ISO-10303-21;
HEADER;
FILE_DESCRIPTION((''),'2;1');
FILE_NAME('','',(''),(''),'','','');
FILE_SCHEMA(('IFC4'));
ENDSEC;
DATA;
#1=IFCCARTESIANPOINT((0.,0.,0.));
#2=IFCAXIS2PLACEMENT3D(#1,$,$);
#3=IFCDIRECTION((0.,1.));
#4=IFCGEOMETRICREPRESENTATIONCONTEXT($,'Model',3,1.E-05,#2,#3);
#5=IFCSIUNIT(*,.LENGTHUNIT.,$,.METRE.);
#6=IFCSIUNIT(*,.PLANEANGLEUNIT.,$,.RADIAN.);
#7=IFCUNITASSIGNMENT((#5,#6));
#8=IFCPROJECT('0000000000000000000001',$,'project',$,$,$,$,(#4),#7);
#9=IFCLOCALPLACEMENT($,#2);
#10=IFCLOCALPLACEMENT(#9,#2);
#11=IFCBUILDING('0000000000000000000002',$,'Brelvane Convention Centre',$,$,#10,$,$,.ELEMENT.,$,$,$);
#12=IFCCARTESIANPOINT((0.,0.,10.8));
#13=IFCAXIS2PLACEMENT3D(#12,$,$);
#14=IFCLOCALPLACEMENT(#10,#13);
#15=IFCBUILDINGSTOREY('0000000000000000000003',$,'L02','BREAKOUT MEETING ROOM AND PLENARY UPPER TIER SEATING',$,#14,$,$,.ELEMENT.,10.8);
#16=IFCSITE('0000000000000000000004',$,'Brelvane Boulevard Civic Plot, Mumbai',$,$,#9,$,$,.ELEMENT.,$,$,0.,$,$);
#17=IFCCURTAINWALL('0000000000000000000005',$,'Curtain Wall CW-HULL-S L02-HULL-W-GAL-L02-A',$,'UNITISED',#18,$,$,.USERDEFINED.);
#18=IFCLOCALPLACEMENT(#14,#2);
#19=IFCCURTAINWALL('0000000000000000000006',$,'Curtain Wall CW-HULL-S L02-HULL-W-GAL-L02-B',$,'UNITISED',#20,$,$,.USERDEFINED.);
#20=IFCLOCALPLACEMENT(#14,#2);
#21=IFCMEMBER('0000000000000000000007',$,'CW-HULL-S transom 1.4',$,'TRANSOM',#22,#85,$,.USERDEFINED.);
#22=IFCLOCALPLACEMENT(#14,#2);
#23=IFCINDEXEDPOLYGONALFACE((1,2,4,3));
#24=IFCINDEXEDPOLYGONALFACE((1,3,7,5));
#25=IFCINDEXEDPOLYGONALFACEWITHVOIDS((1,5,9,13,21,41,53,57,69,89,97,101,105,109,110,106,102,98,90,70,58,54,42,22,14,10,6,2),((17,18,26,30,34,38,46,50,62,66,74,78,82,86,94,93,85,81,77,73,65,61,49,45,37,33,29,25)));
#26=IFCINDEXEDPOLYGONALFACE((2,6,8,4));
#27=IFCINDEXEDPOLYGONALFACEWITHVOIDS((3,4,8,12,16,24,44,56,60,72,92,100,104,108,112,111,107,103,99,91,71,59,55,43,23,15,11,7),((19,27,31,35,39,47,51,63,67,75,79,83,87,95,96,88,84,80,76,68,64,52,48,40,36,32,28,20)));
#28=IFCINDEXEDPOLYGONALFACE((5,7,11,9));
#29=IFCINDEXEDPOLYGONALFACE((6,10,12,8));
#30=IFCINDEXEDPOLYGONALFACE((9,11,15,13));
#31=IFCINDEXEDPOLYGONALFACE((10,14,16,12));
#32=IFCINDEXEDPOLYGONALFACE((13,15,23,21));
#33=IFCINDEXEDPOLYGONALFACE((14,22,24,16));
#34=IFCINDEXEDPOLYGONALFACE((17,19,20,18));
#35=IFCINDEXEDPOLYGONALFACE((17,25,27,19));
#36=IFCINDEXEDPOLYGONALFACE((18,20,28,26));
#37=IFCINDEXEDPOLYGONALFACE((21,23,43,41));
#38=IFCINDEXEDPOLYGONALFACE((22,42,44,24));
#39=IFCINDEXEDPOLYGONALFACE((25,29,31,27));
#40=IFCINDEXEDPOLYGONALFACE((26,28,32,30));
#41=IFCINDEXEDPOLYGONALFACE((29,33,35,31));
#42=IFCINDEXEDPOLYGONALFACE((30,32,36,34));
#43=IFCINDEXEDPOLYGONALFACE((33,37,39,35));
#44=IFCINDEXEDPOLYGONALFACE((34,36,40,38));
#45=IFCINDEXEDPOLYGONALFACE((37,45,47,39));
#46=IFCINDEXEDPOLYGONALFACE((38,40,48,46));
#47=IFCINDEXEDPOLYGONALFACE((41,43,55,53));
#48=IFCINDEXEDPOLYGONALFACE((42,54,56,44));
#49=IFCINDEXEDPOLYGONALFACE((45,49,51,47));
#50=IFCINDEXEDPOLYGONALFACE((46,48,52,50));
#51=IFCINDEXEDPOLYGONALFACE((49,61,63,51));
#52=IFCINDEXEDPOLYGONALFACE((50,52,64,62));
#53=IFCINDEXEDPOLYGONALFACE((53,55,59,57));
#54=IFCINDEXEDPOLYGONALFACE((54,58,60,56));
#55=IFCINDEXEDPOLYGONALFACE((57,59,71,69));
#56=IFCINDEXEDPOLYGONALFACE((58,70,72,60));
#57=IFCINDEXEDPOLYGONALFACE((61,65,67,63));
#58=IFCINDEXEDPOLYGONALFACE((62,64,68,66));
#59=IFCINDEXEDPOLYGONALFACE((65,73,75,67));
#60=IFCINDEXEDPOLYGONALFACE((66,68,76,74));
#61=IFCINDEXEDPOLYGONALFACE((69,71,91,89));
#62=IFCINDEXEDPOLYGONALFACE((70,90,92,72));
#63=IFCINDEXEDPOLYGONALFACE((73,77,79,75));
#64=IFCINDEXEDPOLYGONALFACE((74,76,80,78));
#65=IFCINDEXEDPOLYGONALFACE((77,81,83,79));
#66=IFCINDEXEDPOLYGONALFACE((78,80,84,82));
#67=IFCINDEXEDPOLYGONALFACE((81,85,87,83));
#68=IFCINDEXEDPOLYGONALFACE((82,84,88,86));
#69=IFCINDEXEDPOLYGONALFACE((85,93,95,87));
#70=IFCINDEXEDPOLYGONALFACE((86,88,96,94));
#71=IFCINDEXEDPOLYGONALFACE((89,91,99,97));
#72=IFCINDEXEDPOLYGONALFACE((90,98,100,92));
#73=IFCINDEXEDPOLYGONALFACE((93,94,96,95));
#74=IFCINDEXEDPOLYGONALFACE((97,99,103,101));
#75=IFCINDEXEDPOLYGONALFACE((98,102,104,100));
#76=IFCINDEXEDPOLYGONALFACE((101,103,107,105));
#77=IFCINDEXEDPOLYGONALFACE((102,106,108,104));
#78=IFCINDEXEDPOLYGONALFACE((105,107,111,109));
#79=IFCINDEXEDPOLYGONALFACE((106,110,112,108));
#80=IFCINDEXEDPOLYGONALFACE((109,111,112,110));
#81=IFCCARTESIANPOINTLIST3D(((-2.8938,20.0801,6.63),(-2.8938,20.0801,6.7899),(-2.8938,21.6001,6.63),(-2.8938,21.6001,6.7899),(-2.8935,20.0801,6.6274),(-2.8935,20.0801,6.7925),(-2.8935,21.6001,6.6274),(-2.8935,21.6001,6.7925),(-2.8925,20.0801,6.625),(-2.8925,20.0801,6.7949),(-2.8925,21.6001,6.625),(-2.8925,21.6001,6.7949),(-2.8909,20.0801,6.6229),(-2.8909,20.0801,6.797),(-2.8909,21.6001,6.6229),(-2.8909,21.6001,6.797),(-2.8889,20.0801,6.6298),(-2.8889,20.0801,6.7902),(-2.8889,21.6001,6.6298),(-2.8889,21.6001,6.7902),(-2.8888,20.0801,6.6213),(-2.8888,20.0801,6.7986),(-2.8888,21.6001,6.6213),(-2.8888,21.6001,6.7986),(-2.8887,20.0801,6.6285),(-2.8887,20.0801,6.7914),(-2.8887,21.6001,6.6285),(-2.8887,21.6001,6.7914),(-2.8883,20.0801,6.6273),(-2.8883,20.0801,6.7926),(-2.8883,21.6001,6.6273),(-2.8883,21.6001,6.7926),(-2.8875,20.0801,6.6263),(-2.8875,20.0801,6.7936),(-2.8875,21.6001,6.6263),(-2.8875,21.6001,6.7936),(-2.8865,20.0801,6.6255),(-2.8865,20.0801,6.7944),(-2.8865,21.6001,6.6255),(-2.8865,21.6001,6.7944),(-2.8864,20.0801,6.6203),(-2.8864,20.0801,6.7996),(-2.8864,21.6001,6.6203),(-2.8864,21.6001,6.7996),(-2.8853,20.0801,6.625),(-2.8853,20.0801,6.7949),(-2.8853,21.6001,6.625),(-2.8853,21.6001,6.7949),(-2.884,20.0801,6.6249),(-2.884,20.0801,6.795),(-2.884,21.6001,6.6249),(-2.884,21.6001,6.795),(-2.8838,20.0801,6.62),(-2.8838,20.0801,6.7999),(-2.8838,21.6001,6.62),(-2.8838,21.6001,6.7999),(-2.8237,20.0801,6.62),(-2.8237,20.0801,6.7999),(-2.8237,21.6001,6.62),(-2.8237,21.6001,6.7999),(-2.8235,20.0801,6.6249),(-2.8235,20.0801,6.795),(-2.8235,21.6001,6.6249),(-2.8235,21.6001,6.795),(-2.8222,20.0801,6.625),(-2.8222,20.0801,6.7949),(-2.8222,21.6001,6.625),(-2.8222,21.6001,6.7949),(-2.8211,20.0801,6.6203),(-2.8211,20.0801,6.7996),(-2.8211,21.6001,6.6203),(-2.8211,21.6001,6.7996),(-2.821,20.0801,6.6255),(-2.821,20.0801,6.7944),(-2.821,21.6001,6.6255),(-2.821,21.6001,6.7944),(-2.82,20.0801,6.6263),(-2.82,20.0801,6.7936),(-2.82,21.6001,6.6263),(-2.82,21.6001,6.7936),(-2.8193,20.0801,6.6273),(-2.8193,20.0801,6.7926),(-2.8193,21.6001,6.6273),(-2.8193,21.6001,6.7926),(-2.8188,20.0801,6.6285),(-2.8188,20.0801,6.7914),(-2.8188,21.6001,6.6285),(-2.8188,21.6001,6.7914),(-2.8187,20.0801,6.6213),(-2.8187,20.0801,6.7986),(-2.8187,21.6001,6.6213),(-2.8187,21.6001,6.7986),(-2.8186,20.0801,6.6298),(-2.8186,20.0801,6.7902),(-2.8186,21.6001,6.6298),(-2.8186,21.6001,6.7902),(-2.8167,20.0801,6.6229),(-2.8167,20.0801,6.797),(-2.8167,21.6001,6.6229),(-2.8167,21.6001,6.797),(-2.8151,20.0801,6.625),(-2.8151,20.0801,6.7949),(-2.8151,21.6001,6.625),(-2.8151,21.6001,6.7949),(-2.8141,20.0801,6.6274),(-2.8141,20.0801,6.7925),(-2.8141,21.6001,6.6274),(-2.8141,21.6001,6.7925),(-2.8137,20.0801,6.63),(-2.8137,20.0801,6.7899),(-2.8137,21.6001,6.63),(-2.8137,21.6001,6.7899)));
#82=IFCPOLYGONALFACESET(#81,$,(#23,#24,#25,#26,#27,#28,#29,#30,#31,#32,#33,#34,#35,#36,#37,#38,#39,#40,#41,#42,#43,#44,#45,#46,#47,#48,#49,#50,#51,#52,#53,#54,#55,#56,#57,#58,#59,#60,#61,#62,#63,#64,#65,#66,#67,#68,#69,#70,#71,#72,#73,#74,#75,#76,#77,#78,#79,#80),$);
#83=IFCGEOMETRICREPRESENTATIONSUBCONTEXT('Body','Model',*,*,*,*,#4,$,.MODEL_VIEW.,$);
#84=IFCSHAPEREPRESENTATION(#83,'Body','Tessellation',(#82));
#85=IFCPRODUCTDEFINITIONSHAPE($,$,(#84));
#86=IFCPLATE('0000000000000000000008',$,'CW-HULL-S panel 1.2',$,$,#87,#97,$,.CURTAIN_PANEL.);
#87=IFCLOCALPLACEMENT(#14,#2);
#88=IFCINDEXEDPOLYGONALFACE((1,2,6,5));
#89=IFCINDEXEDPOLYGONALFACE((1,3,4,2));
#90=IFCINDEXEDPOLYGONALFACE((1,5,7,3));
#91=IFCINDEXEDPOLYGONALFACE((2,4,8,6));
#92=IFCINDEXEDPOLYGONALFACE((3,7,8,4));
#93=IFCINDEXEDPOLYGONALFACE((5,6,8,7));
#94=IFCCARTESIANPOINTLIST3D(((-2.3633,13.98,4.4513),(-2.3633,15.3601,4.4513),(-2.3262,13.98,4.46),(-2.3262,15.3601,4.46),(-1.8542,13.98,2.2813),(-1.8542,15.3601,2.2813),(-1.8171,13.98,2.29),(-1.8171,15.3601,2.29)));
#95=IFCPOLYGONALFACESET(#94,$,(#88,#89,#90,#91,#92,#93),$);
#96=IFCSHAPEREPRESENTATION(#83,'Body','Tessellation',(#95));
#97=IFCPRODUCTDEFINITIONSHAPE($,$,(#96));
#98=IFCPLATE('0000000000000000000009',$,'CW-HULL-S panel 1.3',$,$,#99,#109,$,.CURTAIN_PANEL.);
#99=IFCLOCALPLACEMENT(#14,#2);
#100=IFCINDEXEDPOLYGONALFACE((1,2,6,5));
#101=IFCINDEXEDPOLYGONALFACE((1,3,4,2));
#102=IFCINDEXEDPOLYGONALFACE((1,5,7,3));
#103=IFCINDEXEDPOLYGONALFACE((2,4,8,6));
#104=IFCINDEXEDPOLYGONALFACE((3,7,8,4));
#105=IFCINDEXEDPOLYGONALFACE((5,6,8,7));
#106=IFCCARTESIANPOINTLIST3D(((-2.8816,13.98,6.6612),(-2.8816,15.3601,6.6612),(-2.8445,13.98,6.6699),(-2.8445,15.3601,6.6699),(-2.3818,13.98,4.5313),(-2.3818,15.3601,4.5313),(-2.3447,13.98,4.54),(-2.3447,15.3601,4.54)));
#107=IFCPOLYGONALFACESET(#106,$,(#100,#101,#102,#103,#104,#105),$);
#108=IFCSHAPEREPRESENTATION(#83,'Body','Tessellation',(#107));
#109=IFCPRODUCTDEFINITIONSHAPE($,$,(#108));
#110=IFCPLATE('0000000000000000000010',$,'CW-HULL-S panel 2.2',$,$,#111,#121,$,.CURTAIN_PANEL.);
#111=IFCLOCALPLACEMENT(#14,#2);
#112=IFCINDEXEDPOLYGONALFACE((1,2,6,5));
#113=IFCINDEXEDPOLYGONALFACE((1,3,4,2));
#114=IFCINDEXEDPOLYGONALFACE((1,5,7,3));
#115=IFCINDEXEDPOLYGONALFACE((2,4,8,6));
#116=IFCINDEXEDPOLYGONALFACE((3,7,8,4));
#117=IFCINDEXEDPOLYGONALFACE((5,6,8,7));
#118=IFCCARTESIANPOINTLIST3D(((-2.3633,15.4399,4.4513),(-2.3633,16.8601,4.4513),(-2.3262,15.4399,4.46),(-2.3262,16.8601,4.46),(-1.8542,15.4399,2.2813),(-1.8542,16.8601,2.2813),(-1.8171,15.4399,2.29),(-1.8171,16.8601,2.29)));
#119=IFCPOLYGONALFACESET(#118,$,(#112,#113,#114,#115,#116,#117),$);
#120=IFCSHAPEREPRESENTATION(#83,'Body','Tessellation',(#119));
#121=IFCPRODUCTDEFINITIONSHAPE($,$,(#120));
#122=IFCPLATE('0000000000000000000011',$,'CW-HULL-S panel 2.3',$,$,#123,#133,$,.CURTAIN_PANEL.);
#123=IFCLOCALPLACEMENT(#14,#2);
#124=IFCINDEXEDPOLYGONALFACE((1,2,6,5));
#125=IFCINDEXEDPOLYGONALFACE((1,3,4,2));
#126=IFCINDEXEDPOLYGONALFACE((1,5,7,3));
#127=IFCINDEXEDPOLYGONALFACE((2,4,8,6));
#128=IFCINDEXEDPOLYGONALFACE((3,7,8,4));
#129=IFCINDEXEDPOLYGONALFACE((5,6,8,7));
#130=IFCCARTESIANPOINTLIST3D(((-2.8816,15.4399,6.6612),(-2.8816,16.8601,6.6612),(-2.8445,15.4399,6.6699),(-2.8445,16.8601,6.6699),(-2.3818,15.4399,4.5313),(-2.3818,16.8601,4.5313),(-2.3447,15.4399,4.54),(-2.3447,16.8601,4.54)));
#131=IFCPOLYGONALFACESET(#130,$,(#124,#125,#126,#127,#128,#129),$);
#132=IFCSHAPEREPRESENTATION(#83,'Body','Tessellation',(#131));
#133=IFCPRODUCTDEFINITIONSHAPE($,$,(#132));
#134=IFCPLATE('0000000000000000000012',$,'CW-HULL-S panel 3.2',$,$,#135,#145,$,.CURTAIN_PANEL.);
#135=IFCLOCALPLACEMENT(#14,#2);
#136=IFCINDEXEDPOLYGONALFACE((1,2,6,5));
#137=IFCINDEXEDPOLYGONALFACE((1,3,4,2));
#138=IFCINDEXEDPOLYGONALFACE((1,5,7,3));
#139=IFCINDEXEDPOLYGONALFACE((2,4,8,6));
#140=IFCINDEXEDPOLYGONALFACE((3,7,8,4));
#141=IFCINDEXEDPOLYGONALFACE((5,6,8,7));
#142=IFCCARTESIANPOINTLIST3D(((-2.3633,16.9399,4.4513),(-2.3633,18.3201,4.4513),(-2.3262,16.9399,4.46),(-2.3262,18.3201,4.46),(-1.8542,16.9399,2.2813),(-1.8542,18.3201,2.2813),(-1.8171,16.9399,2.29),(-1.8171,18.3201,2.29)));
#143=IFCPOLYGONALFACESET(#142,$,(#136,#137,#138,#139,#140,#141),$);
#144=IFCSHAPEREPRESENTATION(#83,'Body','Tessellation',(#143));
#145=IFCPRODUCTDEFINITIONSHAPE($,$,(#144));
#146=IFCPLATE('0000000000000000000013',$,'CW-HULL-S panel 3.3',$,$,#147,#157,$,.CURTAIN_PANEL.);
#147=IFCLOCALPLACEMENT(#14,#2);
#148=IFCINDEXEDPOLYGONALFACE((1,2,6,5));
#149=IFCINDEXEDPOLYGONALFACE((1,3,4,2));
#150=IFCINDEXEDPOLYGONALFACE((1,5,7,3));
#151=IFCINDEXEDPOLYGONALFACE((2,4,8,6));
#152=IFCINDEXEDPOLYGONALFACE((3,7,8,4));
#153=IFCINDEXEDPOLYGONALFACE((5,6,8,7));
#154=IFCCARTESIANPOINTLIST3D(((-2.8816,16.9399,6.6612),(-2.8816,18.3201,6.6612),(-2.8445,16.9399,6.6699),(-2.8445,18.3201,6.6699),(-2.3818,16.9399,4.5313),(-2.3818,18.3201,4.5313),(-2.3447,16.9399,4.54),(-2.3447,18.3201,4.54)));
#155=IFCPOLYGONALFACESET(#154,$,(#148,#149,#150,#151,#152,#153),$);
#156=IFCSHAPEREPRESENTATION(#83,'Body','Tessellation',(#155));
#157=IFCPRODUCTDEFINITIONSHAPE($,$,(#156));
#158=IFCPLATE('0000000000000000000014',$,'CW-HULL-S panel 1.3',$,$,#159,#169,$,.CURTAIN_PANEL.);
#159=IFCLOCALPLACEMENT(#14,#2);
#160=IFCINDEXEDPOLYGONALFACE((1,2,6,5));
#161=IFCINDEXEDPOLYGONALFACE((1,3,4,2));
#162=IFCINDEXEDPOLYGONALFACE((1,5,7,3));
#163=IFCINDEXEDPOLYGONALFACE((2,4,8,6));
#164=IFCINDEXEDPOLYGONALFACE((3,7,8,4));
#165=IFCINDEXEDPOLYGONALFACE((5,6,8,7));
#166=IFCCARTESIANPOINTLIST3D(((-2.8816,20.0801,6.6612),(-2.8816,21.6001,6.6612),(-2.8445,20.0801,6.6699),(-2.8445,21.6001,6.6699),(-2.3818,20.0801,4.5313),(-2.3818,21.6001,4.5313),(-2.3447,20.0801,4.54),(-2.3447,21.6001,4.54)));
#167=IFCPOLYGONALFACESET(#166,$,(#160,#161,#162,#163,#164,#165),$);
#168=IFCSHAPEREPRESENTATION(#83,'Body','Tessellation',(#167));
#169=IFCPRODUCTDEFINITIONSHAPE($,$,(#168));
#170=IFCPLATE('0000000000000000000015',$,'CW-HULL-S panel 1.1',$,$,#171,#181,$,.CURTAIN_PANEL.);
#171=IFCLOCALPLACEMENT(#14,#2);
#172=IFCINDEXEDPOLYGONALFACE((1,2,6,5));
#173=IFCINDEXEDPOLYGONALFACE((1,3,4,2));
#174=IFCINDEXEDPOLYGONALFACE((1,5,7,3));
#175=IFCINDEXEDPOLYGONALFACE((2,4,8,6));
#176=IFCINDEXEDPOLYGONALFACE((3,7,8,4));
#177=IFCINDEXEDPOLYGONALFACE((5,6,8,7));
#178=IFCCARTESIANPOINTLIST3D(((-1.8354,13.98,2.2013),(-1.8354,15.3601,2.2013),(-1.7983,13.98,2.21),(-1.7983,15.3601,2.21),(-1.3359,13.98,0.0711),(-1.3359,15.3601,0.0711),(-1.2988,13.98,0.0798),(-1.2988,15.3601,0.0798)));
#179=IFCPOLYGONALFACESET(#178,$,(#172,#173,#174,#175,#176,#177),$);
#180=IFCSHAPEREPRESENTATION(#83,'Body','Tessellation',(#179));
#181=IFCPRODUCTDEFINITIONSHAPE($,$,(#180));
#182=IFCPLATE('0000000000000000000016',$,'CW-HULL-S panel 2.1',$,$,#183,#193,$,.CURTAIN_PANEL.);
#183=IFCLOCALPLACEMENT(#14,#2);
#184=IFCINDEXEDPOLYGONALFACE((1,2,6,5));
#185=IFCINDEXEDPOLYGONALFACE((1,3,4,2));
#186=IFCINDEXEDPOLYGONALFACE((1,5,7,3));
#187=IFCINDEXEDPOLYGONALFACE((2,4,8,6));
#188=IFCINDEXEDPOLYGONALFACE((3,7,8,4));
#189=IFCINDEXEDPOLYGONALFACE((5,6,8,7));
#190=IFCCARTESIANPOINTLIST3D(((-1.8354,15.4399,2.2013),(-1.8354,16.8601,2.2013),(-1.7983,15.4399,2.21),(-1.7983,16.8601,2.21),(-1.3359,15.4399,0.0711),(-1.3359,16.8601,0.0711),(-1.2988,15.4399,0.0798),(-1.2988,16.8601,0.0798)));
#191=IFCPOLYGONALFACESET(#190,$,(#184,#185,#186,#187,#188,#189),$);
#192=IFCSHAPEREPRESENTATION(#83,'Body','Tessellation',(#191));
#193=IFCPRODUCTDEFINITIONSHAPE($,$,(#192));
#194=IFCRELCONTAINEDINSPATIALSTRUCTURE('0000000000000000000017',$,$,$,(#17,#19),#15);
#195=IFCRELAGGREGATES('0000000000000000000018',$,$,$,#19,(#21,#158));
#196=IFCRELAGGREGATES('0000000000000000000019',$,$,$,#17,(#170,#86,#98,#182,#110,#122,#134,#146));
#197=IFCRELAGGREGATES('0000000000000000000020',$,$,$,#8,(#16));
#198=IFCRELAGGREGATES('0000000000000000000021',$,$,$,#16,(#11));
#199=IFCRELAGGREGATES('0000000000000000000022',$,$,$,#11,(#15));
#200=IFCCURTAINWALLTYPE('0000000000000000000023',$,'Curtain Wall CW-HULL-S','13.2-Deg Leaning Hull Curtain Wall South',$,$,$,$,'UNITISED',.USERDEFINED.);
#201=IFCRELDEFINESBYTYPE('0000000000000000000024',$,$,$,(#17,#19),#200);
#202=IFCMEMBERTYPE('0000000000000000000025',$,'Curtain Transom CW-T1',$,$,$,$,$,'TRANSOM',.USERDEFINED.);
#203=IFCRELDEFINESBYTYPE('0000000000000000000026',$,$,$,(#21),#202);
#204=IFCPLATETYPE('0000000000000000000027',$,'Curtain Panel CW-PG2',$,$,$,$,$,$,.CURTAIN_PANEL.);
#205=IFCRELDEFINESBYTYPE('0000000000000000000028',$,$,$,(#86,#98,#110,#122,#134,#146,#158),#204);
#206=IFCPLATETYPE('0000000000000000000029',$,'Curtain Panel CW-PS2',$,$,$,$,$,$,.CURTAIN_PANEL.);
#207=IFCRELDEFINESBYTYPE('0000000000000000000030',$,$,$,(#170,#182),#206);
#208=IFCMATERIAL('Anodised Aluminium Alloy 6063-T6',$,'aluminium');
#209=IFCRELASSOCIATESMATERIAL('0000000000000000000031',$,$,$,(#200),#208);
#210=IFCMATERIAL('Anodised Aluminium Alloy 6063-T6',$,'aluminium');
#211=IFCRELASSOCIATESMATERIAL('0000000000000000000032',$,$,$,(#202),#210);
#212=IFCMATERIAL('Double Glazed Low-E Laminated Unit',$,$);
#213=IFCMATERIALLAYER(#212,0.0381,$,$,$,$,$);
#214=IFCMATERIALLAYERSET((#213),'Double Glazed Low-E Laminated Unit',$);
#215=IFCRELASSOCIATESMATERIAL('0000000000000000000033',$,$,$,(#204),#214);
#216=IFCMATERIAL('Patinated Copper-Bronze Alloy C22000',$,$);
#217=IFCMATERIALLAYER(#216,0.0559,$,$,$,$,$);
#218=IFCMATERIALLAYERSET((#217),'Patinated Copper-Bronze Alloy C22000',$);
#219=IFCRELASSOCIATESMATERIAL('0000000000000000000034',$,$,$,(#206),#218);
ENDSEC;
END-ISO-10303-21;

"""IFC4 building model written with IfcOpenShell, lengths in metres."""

from ifc_helpers import new_model, si_unit, direction, frame, origin, origin_2d, place, context, subcontext, project, spatial, polyline, hollow_rectangle, outline, extrude, material, layer, layer_set, material_profile, profile_set, type_object, element, aggregate, save


model = new_model("IFC4")

# Units and contexts
model_context = context("Model", 3, precision=1e-05, world=origin(), true_north=direction((0.0, 1.0)))
body_context = subcontext(model_context, "Body", "Model", "MODEL_VIEW")
ifc_project = project(units=[si_unit("LENGTHUNIT", "METRE"), si_unit("PLANEANGLEUNIT", "RADIAN")], contexts=[model_context])

# Site, building, storey
site_placement = place(None, origin())
site = spatial("IfcSite", under=ifc_project, at=site_placement, Name="Brelvane Boulevard Civic Plot, Mumbai", CompositionType="ELEMENT", RefElevation=0.0)
building_placement = place(site_placement, origin())
building = spatial("IfcBuilding", under=site, at=building_placement, Name="Brelvane Convention Centre", CompositionType="ELEMENT")
storey_placement = place(building_placement, frame((0.0, 0.0, 10.8)))
storey = spatial("IfcBuildingStorey", under=building, at=storey_placement, Name="L02", Description="BREAKOUT MEETING ROOM AND PLENARY UPPER TIER SEATING", CompositionType="ELEMENT", Elevation=10.8)

# Curtain wall
ifc_material_1 = material(Name="Anodised Aluminium Alloy 6063-T6", Category="aluminium")
curtain_wall_type = type_object("IfcCurtainWallType", Name="Curtain Wall CW-HULL-S", Description="13.2-Deg Leaning Hull Curtain Wall South", ElementType="UNITISED", PredefinedType="USERDEFINED", material=ifc_material_1)
curtain_wall_1_placement = place(storey_placement, origin())
curtain_wall_1 = element("IfcCurtainWall", 1, at=curtain_wall_1_placement, inside=storey, type_object=curtain_wall_type, Name="Curtain Wall CW-HULL-S L02-HULL-W-GAL-L02-A", ObjectType="UNITISED", PredefinedType="USERDEFINED")
ifc_material_2 = material(Name="Anodised Aluminium Alloy 6063-T6", Category="aluminium")
ifc_material_profile_1 = material_profile(ifc_material_2, hollow_rectangle(XDim=0.0801, YDim=0.1799, WallThickness=0.0049, InnerFilletRadius=0.0049, OuterFilletRadius=0.01, at=origin_2d()), Name="ALU-T 180x80x5.0")
ifc_profile_set_1 = profile_set([ifc_material_profile_1], Name="Anodised Aluminium Alloy 6063-T6")
member_type_1 = type_object("IfcMemberType", Name="Curtain Transom CW-T1", ElementType="TRANSOM", PredefinedType="USERDEFINED", material=ifc_profile_set_1)

# Curtain wall, member
curtain_wall_2_placement = place(storey_placement, origin())
curtain_wall_2 = element("IfcCurtainWall", 2, at=curtain_wall_2_placement, inside=storey, type_object=curtain_wall_type, Name="Curtain Wall CW-HULL-S L02-HULL-W-GAL-L02-B", ObjectType="UNITISED", PredefinedType="USERDEFINED")
member_1_placement = place(storey_placement, frame((-2.8538, 20.0801, 6.71), z_axis=(0.0, 1.0, 0.0), x_axis=(-1.0, 0.0, 0.0)))
member_1 = element("IfcMember", 3, at=member_1_placement, type_object=member_type_1, Name="CW-HULL-S transom 1.4", ObjectType="TRANSOM", PredefinedType="USERDEFINED", context=body_context, shape_type="SweptSolid", body=[
    extrude(hollow_rectangle(XDim=0.0801, YDim=0.1799, WallThickness=0.0049, InnerFilletRadius=0.0049, OuterFilletRadius=0.01, at=origin_2d()), origin(), (0.0, 0.0, 1.0), 1.52),
])

# Plates
ifc_material_3 = material(Name="Double Glazed Low-E Laminated Unit")
ifc_layer_1 = layer(ifc_material_3, 0.0381)
ifc_layer_set_1 = layer_set([ifc_layer_1], Name="Double Glazed Low-E Laminated Unit")
plate_type_1 = type_object("IfcPlateType", Name="Curtain Panel CW-PG2", PredefinedType="CURTAIN_PANEL", material=ifc_layer_set_1)
plate_1_placement = place(storey_placement, frame((-1.8171, 13.98, 2.29), z_axis=(0.973571, 0.0, 0.228386), x_axis=(0.0, 1.0, 0.0)))
plate_1 = element("IfcPlate", 4, at=plate_1_placement, type_object=plate_type_1, Name="CW-HULL-S panel 1.2", PredefinedType="CURTAIN_PANEL", context=body_context, shape_type="SweptSolid", body=[
    extrude(outline(polyline([(0.0, 0.0), (1.3801, 0.0), (1.3801, 2.2288), (0.0, 2.2288), (0.0, 0.0)])), origin(), (0.0, 0.0, -1.0), 0.0381),
])
plate_2_placement = place(storey_placement, frame((-2.3447, 13.98, 4.54), z_axis=(0.973559, 0.0, 0.228436), x_axis=(0.0, 1.0, 0.0)))
plate_2 = element("IfcPlate", 5, at=plate_2_placement, type_object=plate_type_1, Name="CW-HULL-S panel 1.3", PredefinedType="CURTAIN_PANEL", context=body_context, shape_type="SweptSolid", body=[
    extrude(outline(polyline([(0.0, 0.0), (1.3801, 0.0), (1.3801, 2.1877), (0.0, 2.1877), (0.0, 0.0)])), origin(), (0.0, 0.0, -1.0), 0.0381),
])
plate_3_placement = place(storey_placement, frame((-1.8171, 15.4399, 2.29), z_axis=(0.973571, 0.0, 0.228386), x_axis=(0.0, 1.0, 0.0)))
plate_3 = element("IfcPlate", 6, at=plate_3_placement, type_object=plate_type_1, Name="CW-HULL-S panel 2.2", PredefinedType="CURTAIN_PANEL", context=body_context, shape_type="SweptSolid", body=[
    extrude(outline(polyline([(0.0, 0.0), (1.4202, 0.0), (1.4202, 2.2288), (0.0, 2.2288), (0.0, 0.0)])), origin(), (0.0, 0.0, -1.0), 0.0381),
])
plate_4_placement = place(storey_placement, frame((-2.3447, 15.4399, 4.54), z_axis=(0.973559, 0.0, 0.228436), x_axis=(0.0, 1.0, 0.0)))
plate_4 = element("IfcPlate", 7, at=plate_4_placement, type_object=plate_type_1, Name="CW-HULL-S panel 2.3", PredefinedType="CURTAIN_PANEL", context=body_context, shape_type="SweptSolid", body=[
    extrude(outline(polyline([(0.0, 0.0), (1.4202, 0.0), (1.4202, 2.1877), (0.0, 2.1877), (0.0, 0.0)])), origin(), (0.0, 0.0, -1.0), 0.0381),
])
plate_5_placement = place(storey_placement, frame((-1.8171, 16.9399, 2.29), z_axis=(0.973571, 0.0, 0.228386), x_axis=(0.0, 1.0, 0.0)))
plate_5 = element("IfcPlate", 8, at=plate_5_placement, type_object=plate_type_1, Name="CW-HULL-S panel 3.2", PredefinedType="CURTAIN_PANEL", context=body_context, shape_type="SweptSolid", body=[
    extrude(outline(polyline([(0.0, 0.0), (1.3801, 0.0), (1.3801, 2.2288), (0.0, 2.2288), (0.0, 0.0)])), origin(), (0.0, 0.0, -1.0), 0.0381),
])
plate_6_placement = place(storey_placement, frame((-2.3447, 16.9399, 4.54), z_axis=(0.973559, 0.0, 0.228436), x_axis=(0.0, 1.0, 0.0)))
plate_6 = element("IfcPlate", 9, at=plate_6_placement, type_object=plate_type_1, Name="CW-HULL-S panel 3.3", PredefinedType="CURTAIN_PANEL", context=body_context, shape_type="SweptSolid", body=[
    extrude(outline(polyline([(0.0, 0.0), (1.3801, 0.0), (1.3801, 2.1877), (0.0, 2.1877), (0.0, 0.0)])), origin(), (0.0, 0.0, -1.0), 0.0381),
])
plate_7_placement = place(storey_placement, frame((-2.3447, 20.0801, 4.54), z_axis=(0.973559, 0.0, 0.228436), x_axis=(0.0, 1.0, 0.0)))
plate_7 = element("IfcPlate", 10, at=plate_7_placement, type_object=plate_type_1, Name="CW-HULL-S panel 1.3", PredefinedType="CURTAIN_PANEL", context=body_context, shape_type="SweptSolid", body=[
    extrude(outline(polyline([(0.0, 0.0), (1.52, 0.0), (1.52, 2.1877), (0.0, 2.1877), (0.0, 0.0)])), origin(), (0.0, 0.0, -1.0), 0.0381),
])
aggregate(curtain_wall_2, [member_1, plate_7])
ifc_material_4 = material(Name="Patinated Copper-Bronze Alloy C22000")
ifc_layer_2 = layer(ifc_material_4, 0.0559)
ifc_layer_set_2 = layer_set([ifc_layer_2], Name="Patinated Copper-Bronze Alloy C22000")
plate_type_2 = type_object("IfcPlateType", Name="Curtain Panel CW-PS2", PredefinedType="CURTAIN_PANEL", material=ifc_layer_set_2)
plate_8_placement = place(storey_placement, frame((-1.2988, 13.98, 0.0798), z_axis=(0.97359, 0.0, 0.228305), x_axis=(0.0, 1.0, 0.0)))
plate_8 = element("IfcPlate", 11, at=plate_8_placement, type_object=plate_type_2, Name="CW-HULL-S panel 1.1", PredefinedType="CURTAIN_PANEL", context=body_context, shape_type="SweptSolid", body=[
    extrude(outline(polyline([(0.0, 0.0), (1.3801, 0.0), (1.3801, 2.1879), (0.0, 2.1879), (0.0, 0.0)])), origin(), (0.0, 0.0, -1.0), 0.0381),
])
plate_9_placement = place(storey_placement, frame((-1.2988, 15.4399, 0.0798), z_axis=(0.97359, 0.0, 0.228305), x_axis=(0.0, 1.0, 0.0)))
plate_9 = element("IfcPlate", 12, at=plate_9_placement, type_object=plate_type_2, Name="CW-HULL-S panel 2.1", PredefinedType="CURTAIN_PANEL", context=body_context, shape_type="SweptSolid", body=[
    extrude(outline(polyline([(0.0, 0.0), (1.4202, 0.0), (1.4202, 2.1879), (0.0, 2.1879), (0.0, 0.0)])), origin(), (0.0, 0.0, -1.0), 0.0381),
])
aggregate(curtain_wall_1, [plate_8, plate_1, plate_2, plate_9, plate_3, plate_4, plate_5, plate_6])

save(model, "model.ifc")
